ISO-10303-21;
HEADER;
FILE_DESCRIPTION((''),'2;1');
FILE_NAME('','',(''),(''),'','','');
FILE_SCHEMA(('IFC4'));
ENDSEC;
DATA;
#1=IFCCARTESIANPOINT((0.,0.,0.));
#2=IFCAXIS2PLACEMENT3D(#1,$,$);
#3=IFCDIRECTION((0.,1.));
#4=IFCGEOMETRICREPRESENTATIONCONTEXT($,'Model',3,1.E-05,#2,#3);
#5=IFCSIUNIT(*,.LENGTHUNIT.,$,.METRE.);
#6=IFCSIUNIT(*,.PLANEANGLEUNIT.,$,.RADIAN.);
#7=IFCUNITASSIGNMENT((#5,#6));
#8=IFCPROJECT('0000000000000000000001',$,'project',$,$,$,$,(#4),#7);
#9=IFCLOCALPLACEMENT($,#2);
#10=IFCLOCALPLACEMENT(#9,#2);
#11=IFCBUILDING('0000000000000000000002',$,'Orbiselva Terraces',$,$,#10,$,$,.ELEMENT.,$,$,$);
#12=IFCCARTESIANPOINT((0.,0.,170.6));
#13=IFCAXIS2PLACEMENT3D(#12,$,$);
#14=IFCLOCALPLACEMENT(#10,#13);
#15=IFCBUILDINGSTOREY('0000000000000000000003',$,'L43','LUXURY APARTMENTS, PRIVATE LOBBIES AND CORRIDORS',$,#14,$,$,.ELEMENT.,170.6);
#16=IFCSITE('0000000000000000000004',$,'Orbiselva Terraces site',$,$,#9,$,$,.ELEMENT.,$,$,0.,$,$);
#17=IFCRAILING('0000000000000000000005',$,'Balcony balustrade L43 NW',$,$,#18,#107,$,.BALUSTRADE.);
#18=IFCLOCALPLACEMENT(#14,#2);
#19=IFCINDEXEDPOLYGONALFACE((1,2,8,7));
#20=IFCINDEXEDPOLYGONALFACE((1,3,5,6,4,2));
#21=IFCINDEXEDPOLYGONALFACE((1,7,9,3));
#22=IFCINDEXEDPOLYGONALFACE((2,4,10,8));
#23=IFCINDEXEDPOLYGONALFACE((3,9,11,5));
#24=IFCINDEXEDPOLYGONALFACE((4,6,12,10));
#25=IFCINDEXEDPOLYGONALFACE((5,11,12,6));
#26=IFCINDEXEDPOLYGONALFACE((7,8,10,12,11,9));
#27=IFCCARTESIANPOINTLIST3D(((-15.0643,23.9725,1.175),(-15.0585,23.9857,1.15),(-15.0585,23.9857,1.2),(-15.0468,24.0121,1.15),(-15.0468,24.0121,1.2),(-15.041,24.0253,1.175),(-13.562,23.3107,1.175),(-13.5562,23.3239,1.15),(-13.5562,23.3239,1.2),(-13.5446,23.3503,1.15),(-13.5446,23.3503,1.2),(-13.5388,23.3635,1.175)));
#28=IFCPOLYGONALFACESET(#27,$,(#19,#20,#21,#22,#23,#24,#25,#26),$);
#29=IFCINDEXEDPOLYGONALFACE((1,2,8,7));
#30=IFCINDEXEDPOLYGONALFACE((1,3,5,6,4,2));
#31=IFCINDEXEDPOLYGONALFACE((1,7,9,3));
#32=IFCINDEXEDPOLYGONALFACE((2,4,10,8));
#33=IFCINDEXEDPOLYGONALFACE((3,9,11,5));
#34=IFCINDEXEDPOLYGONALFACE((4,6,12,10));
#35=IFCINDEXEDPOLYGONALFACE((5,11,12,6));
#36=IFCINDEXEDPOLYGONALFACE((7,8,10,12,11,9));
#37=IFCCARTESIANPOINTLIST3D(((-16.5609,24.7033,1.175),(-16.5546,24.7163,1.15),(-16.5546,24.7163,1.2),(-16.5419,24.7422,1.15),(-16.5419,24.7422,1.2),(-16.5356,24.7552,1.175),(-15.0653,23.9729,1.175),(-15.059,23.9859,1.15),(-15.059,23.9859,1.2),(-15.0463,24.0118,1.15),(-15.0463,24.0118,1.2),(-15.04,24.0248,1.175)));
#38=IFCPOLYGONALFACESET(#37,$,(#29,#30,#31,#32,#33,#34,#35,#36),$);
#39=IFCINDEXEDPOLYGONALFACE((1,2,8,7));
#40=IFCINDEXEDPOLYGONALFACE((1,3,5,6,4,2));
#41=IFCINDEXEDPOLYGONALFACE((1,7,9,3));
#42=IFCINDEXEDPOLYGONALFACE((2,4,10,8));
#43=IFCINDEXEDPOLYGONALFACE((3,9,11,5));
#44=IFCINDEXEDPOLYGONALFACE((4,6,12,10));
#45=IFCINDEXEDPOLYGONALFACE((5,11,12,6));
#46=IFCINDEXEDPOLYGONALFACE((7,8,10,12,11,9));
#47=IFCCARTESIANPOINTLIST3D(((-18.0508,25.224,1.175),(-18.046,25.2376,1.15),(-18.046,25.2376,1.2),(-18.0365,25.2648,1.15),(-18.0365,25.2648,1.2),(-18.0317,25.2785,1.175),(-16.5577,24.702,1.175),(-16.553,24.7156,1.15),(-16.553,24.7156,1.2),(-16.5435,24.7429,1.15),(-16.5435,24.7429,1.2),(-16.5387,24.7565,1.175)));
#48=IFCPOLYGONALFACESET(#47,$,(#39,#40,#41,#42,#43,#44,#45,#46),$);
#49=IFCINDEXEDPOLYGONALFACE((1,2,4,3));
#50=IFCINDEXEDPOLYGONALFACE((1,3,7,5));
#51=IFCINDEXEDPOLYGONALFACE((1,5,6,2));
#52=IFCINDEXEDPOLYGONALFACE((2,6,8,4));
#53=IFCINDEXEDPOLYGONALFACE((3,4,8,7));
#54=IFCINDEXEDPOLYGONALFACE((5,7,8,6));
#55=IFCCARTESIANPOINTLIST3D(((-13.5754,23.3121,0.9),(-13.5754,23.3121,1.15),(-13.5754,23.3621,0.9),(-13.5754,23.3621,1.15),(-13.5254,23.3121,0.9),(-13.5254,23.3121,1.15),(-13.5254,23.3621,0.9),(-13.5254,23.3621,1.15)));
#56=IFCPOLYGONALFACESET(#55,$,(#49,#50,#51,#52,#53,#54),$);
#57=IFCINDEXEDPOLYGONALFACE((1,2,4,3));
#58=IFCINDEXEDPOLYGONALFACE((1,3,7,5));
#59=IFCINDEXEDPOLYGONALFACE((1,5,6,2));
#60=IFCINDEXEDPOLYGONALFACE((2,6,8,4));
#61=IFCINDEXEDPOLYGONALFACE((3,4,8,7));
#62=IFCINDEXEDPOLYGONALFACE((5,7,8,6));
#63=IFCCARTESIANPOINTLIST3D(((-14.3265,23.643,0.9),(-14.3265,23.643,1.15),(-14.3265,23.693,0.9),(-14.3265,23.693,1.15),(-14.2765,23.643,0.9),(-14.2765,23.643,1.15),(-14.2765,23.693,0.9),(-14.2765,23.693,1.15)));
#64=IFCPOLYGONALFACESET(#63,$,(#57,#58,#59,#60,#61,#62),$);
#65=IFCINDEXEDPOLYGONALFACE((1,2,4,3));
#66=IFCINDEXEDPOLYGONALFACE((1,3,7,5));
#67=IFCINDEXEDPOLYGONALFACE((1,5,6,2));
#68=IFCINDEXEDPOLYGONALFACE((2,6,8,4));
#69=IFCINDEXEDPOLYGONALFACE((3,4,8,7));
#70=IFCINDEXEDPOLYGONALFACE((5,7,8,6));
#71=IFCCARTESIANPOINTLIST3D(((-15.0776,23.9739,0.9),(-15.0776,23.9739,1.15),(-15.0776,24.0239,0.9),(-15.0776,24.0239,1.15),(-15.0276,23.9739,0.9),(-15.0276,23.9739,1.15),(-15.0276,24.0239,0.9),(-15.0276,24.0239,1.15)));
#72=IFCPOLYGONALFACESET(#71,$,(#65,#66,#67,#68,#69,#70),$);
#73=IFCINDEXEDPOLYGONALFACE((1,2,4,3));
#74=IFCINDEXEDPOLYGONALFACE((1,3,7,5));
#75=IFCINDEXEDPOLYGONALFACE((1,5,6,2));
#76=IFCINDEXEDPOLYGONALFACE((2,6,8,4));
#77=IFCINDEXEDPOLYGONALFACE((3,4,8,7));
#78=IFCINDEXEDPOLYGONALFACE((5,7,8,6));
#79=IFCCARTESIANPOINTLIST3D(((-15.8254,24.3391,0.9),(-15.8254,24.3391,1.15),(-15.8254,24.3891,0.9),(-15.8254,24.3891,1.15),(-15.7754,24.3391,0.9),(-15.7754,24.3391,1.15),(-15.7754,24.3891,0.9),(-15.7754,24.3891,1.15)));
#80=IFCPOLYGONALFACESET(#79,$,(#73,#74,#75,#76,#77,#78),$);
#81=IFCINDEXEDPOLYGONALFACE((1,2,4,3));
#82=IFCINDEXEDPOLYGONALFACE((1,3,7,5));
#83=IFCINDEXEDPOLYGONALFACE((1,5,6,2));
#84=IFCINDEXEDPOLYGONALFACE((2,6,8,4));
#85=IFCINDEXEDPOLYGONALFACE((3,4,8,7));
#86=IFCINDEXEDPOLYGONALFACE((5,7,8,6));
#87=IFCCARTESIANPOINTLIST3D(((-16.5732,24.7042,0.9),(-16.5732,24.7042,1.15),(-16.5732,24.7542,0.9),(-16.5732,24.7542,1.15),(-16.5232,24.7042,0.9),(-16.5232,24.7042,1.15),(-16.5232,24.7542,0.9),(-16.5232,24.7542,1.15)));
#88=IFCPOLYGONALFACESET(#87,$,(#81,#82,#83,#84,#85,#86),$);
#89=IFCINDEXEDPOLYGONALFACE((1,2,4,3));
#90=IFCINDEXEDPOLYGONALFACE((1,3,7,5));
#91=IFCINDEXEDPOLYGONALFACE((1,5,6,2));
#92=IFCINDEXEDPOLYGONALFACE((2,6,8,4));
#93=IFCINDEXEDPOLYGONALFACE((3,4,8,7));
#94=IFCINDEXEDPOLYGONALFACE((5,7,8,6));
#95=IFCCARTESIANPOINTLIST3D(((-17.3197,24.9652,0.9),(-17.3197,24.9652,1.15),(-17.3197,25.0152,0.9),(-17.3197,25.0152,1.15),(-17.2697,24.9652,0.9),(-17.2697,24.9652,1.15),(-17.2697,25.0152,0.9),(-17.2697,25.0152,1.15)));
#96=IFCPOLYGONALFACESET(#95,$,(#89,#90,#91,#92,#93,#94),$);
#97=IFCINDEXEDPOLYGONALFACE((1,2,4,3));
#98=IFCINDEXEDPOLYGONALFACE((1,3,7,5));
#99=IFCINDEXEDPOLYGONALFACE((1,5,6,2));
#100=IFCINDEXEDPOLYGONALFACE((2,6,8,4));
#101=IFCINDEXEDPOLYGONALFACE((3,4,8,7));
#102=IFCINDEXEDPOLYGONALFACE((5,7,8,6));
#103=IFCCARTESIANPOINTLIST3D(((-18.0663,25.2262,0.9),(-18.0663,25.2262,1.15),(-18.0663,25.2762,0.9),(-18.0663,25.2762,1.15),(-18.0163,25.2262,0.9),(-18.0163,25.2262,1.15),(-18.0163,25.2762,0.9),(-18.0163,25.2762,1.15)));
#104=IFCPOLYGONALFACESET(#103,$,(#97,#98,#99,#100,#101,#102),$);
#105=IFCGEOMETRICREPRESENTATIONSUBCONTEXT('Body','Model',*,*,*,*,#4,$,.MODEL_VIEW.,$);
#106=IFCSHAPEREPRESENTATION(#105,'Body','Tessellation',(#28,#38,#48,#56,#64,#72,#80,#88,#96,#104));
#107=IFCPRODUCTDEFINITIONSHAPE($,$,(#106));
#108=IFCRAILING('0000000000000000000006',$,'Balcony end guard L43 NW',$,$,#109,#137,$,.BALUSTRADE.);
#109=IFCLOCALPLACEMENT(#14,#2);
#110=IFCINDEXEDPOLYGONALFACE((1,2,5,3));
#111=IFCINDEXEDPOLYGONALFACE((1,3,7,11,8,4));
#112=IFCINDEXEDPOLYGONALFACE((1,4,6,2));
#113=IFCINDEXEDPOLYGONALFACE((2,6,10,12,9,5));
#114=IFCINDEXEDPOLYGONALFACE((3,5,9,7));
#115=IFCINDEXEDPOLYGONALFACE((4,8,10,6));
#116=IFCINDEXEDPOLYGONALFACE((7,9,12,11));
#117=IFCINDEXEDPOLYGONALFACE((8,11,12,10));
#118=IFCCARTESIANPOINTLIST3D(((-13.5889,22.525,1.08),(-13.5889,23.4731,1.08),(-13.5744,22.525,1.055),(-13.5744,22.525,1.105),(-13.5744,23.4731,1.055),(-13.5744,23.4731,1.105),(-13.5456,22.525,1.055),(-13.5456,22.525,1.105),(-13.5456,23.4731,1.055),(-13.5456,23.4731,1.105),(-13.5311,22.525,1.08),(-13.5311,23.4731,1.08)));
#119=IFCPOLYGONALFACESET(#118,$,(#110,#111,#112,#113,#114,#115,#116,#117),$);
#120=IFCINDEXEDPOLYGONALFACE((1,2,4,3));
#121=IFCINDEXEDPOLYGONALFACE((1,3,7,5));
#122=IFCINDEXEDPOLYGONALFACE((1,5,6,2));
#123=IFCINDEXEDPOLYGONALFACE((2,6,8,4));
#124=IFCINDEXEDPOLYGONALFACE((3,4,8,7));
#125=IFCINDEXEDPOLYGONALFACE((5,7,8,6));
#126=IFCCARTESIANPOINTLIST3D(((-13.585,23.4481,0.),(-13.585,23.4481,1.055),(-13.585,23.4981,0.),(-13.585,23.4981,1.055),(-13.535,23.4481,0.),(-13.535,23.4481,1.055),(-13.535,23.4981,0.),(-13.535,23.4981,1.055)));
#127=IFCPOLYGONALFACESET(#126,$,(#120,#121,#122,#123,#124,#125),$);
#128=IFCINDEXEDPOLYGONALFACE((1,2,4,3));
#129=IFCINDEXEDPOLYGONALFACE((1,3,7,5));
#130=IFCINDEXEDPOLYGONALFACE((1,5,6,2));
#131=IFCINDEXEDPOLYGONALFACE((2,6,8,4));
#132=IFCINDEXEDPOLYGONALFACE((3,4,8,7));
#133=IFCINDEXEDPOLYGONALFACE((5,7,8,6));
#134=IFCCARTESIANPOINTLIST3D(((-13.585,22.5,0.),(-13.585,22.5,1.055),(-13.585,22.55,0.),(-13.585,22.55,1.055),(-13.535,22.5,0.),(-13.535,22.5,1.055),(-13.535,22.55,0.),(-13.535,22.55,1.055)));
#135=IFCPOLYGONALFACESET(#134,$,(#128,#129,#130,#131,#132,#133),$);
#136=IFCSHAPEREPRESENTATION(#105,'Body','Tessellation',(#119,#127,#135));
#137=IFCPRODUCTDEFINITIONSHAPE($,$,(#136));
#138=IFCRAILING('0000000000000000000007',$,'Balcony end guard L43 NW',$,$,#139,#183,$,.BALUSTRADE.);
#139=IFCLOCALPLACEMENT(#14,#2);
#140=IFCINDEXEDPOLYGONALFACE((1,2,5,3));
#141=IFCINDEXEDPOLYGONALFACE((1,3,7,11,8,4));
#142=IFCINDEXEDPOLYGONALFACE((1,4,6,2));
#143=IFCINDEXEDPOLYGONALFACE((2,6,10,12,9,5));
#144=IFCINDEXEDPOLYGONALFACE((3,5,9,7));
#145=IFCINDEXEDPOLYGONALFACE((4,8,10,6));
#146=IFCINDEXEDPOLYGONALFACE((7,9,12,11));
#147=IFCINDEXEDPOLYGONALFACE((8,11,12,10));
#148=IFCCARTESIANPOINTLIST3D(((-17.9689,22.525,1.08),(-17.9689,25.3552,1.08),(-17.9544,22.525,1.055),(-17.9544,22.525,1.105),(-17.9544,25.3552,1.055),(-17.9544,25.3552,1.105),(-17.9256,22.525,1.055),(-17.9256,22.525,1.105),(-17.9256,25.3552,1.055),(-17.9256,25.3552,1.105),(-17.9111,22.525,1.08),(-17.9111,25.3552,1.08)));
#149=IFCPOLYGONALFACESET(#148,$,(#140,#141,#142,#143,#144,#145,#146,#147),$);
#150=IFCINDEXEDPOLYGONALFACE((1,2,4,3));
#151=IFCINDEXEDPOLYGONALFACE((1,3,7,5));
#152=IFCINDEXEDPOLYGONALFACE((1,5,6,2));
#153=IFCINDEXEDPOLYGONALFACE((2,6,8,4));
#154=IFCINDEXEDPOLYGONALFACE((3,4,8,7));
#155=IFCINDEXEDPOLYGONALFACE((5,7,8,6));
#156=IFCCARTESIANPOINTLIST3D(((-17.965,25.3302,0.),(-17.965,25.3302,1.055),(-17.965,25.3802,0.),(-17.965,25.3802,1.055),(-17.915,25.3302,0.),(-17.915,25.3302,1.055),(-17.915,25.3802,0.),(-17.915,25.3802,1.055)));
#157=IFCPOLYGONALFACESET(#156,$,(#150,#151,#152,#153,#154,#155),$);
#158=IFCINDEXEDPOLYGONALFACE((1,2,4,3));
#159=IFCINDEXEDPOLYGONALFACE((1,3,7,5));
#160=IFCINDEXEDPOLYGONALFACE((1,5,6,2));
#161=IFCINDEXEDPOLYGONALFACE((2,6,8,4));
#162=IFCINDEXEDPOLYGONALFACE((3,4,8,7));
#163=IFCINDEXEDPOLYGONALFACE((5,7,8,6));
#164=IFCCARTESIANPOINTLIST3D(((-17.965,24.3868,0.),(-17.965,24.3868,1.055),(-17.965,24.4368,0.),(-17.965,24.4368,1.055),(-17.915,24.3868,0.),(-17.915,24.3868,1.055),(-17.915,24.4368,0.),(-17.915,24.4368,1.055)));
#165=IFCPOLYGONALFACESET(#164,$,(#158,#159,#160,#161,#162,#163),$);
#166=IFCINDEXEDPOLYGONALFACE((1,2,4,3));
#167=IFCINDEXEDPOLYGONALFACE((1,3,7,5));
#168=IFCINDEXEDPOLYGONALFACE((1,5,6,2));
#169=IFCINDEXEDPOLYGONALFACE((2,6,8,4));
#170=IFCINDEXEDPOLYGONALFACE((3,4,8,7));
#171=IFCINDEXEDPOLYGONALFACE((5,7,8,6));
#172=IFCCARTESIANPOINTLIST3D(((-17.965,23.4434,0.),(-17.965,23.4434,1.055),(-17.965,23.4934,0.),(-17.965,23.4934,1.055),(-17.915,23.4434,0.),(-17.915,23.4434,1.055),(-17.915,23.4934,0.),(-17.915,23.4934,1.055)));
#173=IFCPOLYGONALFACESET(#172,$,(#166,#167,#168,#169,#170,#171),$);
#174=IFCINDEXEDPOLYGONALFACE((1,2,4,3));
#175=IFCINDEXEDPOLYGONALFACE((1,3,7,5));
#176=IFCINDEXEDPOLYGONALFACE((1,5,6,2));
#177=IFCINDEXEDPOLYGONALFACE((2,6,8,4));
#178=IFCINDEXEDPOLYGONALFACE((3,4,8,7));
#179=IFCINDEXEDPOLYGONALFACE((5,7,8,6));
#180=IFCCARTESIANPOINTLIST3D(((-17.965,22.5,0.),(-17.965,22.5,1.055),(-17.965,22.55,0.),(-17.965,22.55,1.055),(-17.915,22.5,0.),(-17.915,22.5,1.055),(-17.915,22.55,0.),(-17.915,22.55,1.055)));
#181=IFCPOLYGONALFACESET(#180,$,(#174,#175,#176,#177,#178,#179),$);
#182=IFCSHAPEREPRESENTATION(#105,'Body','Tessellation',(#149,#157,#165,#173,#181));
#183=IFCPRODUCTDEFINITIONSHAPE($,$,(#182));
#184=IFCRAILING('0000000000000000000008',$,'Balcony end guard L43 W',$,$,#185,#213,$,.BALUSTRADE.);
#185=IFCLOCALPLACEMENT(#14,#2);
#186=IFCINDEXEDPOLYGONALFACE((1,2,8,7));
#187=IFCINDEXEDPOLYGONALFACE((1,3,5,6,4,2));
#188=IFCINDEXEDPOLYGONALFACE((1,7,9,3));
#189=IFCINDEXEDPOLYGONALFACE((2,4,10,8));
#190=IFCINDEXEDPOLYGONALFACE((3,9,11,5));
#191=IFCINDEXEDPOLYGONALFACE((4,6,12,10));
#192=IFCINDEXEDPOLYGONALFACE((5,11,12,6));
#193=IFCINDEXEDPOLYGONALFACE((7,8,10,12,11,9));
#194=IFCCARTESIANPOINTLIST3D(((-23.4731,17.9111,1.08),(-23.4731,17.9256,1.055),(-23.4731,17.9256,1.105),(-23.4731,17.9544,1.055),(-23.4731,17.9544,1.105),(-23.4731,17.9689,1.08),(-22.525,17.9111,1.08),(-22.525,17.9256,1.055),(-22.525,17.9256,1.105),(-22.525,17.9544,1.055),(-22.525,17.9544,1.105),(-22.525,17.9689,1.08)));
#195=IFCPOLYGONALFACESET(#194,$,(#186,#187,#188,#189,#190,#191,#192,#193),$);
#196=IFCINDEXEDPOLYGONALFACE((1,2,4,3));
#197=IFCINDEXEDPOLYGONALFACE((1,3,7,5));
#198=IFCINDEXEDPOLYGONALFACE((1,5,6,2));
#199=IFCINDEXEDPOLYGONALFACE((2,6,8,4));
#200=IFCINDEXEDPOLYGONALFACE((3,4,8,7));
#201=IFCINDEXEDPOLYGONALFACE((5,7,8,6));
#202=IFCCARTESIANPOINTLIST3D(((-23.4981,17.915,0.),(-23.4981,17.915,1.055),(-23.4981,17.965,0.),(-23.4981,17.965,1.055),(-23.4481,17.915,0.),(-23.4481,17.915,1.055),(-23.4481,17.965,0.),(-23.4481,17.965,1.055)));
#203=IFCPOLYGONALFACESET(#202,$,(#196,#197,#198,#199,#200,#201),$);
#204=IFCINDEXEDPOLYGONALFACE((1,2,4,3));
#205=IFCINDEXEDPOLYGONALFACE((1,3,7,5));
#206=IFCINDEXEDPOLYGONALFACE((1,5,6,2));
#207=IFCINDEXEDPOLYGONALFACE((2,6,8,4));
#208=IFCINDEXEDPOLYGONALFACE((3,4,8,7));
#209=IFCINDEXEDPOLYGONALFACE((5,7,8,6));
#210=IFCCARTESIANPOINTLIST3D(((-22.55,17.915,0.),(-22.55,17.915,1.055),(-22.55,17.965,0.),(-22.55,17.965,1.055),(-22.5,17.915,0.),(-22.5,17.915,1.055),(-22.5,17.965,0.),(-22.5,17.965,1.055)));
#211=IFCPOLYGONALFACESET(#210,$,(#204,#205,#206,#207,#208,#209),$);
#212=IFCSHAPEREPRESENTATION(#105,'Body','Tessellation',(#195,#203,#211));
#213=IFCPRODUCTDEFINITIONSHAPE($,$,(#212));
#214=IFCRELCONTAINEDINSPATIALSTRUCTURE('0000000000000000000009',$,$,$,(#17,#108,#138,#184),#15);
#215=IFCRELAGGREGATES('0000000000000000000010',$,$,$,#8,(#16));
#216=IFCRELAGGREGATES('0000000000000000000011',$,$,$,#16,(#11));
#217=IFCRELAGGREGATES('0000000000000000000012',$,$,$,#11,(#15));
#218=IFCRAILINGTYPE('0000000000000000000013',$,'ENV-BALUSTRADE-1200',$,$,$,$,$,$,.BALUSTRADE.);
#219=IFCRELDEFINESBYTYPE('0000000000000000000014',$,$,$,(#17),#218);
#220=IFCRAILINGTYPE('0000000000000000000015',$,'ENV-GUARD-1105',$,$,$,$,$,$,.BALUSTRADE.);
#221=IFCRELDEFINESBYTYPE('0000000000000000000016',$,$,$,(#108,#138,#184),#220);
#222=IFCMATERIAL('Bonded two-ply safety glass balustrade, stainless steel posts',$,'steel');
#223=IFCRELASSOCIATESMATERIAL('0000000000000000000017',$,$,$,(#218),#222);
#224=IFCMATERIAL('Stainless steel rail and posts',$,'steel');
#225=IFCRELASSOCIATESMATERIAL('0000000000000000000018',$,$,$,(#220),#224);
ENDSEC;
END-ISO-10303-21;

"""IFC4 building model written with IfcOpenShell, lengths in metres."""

from ifc_helpers import new_model, si_unit, direction, frame, origin, origin_2d, place, context, subcontext, project, spatial, polyline, rectangle, outline, extrude, material, type_object, element, save


model = new_model("IFC4")

# Units and contexts
model_context = context("Model", 3, precision=1e-05, world=origin(), true_north=direction((0.0, 1.0)))
body_context = subcontext(model_context, "Body", "Model", "MODEL_VIEW")
ifc_project = project(units=[si_unit("LENGTHUNIT", "METRE"), si_unit("PLANEANGLEUNIT", "RADIAN")], contexts=[model_context])

# Site, building, storey
site_placement = place(None, origin())
site = spatial("IfcSite", under=ifc_project, at=site_placement, Name="Orbiselva Terraces site", CompositionType="ELEMENT", RefElevation=0.0)
building_placement = place(site_placement, origin())
building = spatial("IfcBuilding", under=site, at=building_placement, Name="Orbiselva Terraces", CompositionType="ELEMENT")
storey_placement = place(building_placement, frame((0.0, 0.0, 170.6)))
storey = spatial("IfcBuildingStorey", under=building, at=storey_placement, Name="L43", Description="LUXURY APARTMENTS, PRIVATE LOBBIES AND CORRIDORS", CompositionType="ELEMENT", Elevation=170.6)

# Railings
ifc_material_1 = material(Name="Bonded two-ply safety glass balustrade, stainless steel posts", Category="steel")
railing_type_1 = type_object("IfcRailingType", Name="ENV-BALUSTRADE-1200", PredefinedType="BALUSTRADE", material=ifc_material_1)
railing_1_placement = place(storey_placement, frame((-13.5504, 23.3371, 0.9)))
element("IfcRailing", 1, at=railing_1_placement, inside=storey, type_object=railing_type_1, Name="Balcony balustrade L43 NW", PredefinedType="BALUSTRADE", context=body_context, shape_type="SweptSolid", body=[
    extrude(outline(polyline([(0.0289, 0.0), (0.0144, 0.025), (-0.0144, 0.025), (-0.0289, 0.0), (-0.0144, -0.025), (0.0144, -0.025), (0.0289, 0.0)])), frame((0.0, 0.0, 0.275), z_axis=(-0.915133, 0.403151, 0.0), x_axis=(-0.403151, -0.915133, 0.0)), (0.0, 0.0, 1.0), 1.6416),
    extrude(outline(polyline([(0.0289, 0.0), (0.0144, 0.025), (-0.0144, 0.025), (-0.0289, 0.0), (-0.0144, -0.025), (0.0144, -0.025), (0.0289, 0.0)])), frame((-1.5022, 0.6618, 0.275), z_axis=(-0.898579, 0.438812, 0.0), x_axis=(-0.438812, -0.898579, 0.0)), (0.0, 0.0, 1.0), 1.6644),
    extrude(outline(polyline([(0.0289, 0.0), (0.0144, 0.025), (-0.0144, 0.025), (-0.0289, 0.0), (-0.0144, -0.025), (0.0144, -0.025), (0.0289, 0.0)])), frame((-2.9978, 1.3921, 0.275), z_axis=(-0.943972, 0.330025, 0.0), x_axis=(-0.330025, -0.943972, 0.0)), (0.0, 0.0, 1.0), 1.5816),
    extrude(rectangle(XDim=0.05, YDim=0.05, at=origin_2d()), origin(), (0.0, 0.0, 1.0), 0.25),
    extrude(rectangle(XDim=0.05, YDim=0.05, at=origin_2d()), frame((-0.7511, 0.3309, 0.0)), (0.0, 0.0, 1.0), 0.25),
    extrude(rectangle(XDim=0.05, YDim=0.05, at=origin_2d()), frame((-1.5022, 0.6618, 0.0)), (0.0, 0.0, 1.0), 0.25),
    extrude(rectangle(XDim=0.05, YDim=0.05, at=origin_2d()), frame((-2.25, 1.027, 0.0)), (0.0, 0.0, 1.0), 0.25),
    extrude(rectangle(XDim=0.05, YDim=0.05, at=origin_2d()), frame((-2.9978, 1.3921, 0.0)), (0.0, 0.0, 1.0), 0.25),
    extrude(rectangle(XDim=0.05, YDim=0.05, at=origin_2d()), frame((-3.7443, 1.6531, 0.0)), (0.0, 0.0, 1.0), 0.25),
    extrude(rectangle(XDim=0.05, YDim=0.05, at=origin_2d()), frame((-4.4909, 1.9141, 0.0)), (0.0, 0.0, 1.0), 0.25),
])
ifc_material_2 = material(Name="Stainless steel rail and posts", Category="steel")
railing_type_2 = type_object("IfcRailingType", Name="ENV-GUARD-1105", PredefinedType="BALUSTRADE", material=ifc_material_2)
railing_2_placement = place(storey_placement, frame((-13.56, 23.4731, 0.0)))
element("IfcRailing", 2, at=railing_2_placement, inside=storey, type_object=railing_type_2, Name="Balcony end guard L43 NW", PredefinedType="BALUSTRADE", context=body_context, shape_type="SweptSolid", body=[
    extrude(outline(polyline([(0.0289, 0.0), (0.0144, 0.025), (-0.0144, 0.025), (-0.0289, 0.0), (-0.0144, -0.025), (0.0144, -0.025), (0.0289, 0.0)])), frame((0.0, 0.0, 1.08), z_axis=(0.0, -1.0, 0.0), x_axis=(1.0, 0.0, 0.0)), (0.0, 0.0, 1.0), 0.9481),
    extrude(rectangle(XDim=0.05, YDim=0.05, at=origin_2d()), origin(), (0.0, 0.0, 1.0), 1.055),
    extrude(rectangle(XDim=0.05, YDim=0.05, at=origin_2d()), frame((0.0, -0.9481, 0.0)), (0.0, 0.0, 1.0), 1.055),
])
railing_3_placement = place(storey_placement, frame((-17.94, 25.3552, 0.0)))
element("IfcRailing", 3, at=railing_3_placement, inside=storey, type_object=railing_type_2, Name="Balcony end guard L43 NW", PredefinedType="BALUSTRADE", context=body_context, shape_type="SweptSolid", body=[
    extrude(outline(polyline([(0.0289, 0.0), (0.0144, 0.025), (-0.0144, 0.025), (-0.0289, 0.0), (-0.0144, -0.025), (0.0144, -0.025), (0.0289, 0.0)])), frame((0.0, 0.0, 1.08), z_axis=(0.0, -1.0, 0.0), x_axis=(1.0, 0.0, 0.0)), (0.0, 0.0, 1.0), 2.8302),
    extrude(rectangle(XDim=0.05, YDim=0.05, at=origin_2d()), origin(), (0.0, 0.0, 1.0), 1.055),
    extrude(rectangle(XDim=0.05, YDim=0.05, at=origin_2d()), frame((0.0, -0.9434, 0.0)), (0.0, 0.0, 1.0), 1.055),
    extrude(rectangle(XDim=0.05, YDim=0.05, at=origin_2d()), frame((0.0, -1.8868, 0.0)), (0.0, 0.0, 1.0), 1.055),
    extrude(rectangle(XDim=0.05, YDim=0.05, at=origin_2d()), frame((0.0, -2.8302, 0.0)), (0.0, 0.0, 1.0), 1.055),
])
railing_4_placement = place(storey_placement, frame((-23.4731, 17.94, 0.0)))
element("IfcRailing", 4, at=railing_4_placement, inside=storey, type_object=railing_type_2, Name="Balcony end guard L43 W", PredefinedType="BALUSTRADE", context=body_context, shape_type="SweptSolid", body=[
    extrude(outline(polyline([(0.0289, 0.0), (0.0144, 0.025), (-0.0144, 0.025), (-0.0289, 0.0), (-0.0144, -0.025), (0.0144, -0.025), (0.0289, 0.0)])), frame((0.0, 0.0, 1.08), z_axis=(1.0, 0.0, 0.0), x_axis=(0.0, 1.0, 0.0)), (0.0, 0.0, 1.0), 0.9481),
    extrude(rectangle(XDim=0.05, YDim=0.05, at=origin_2d()), origin(), (0.0, 0.0, 1.0), 1.055),
    extrude(rectangle(XDim=0.05, YDim=0.05, at=origin_2d()), frame((0.9481, 0.0, 0.0)), (0.0, 0.0, 1.0), 1.055),
])

save(model, "model.ifc")
